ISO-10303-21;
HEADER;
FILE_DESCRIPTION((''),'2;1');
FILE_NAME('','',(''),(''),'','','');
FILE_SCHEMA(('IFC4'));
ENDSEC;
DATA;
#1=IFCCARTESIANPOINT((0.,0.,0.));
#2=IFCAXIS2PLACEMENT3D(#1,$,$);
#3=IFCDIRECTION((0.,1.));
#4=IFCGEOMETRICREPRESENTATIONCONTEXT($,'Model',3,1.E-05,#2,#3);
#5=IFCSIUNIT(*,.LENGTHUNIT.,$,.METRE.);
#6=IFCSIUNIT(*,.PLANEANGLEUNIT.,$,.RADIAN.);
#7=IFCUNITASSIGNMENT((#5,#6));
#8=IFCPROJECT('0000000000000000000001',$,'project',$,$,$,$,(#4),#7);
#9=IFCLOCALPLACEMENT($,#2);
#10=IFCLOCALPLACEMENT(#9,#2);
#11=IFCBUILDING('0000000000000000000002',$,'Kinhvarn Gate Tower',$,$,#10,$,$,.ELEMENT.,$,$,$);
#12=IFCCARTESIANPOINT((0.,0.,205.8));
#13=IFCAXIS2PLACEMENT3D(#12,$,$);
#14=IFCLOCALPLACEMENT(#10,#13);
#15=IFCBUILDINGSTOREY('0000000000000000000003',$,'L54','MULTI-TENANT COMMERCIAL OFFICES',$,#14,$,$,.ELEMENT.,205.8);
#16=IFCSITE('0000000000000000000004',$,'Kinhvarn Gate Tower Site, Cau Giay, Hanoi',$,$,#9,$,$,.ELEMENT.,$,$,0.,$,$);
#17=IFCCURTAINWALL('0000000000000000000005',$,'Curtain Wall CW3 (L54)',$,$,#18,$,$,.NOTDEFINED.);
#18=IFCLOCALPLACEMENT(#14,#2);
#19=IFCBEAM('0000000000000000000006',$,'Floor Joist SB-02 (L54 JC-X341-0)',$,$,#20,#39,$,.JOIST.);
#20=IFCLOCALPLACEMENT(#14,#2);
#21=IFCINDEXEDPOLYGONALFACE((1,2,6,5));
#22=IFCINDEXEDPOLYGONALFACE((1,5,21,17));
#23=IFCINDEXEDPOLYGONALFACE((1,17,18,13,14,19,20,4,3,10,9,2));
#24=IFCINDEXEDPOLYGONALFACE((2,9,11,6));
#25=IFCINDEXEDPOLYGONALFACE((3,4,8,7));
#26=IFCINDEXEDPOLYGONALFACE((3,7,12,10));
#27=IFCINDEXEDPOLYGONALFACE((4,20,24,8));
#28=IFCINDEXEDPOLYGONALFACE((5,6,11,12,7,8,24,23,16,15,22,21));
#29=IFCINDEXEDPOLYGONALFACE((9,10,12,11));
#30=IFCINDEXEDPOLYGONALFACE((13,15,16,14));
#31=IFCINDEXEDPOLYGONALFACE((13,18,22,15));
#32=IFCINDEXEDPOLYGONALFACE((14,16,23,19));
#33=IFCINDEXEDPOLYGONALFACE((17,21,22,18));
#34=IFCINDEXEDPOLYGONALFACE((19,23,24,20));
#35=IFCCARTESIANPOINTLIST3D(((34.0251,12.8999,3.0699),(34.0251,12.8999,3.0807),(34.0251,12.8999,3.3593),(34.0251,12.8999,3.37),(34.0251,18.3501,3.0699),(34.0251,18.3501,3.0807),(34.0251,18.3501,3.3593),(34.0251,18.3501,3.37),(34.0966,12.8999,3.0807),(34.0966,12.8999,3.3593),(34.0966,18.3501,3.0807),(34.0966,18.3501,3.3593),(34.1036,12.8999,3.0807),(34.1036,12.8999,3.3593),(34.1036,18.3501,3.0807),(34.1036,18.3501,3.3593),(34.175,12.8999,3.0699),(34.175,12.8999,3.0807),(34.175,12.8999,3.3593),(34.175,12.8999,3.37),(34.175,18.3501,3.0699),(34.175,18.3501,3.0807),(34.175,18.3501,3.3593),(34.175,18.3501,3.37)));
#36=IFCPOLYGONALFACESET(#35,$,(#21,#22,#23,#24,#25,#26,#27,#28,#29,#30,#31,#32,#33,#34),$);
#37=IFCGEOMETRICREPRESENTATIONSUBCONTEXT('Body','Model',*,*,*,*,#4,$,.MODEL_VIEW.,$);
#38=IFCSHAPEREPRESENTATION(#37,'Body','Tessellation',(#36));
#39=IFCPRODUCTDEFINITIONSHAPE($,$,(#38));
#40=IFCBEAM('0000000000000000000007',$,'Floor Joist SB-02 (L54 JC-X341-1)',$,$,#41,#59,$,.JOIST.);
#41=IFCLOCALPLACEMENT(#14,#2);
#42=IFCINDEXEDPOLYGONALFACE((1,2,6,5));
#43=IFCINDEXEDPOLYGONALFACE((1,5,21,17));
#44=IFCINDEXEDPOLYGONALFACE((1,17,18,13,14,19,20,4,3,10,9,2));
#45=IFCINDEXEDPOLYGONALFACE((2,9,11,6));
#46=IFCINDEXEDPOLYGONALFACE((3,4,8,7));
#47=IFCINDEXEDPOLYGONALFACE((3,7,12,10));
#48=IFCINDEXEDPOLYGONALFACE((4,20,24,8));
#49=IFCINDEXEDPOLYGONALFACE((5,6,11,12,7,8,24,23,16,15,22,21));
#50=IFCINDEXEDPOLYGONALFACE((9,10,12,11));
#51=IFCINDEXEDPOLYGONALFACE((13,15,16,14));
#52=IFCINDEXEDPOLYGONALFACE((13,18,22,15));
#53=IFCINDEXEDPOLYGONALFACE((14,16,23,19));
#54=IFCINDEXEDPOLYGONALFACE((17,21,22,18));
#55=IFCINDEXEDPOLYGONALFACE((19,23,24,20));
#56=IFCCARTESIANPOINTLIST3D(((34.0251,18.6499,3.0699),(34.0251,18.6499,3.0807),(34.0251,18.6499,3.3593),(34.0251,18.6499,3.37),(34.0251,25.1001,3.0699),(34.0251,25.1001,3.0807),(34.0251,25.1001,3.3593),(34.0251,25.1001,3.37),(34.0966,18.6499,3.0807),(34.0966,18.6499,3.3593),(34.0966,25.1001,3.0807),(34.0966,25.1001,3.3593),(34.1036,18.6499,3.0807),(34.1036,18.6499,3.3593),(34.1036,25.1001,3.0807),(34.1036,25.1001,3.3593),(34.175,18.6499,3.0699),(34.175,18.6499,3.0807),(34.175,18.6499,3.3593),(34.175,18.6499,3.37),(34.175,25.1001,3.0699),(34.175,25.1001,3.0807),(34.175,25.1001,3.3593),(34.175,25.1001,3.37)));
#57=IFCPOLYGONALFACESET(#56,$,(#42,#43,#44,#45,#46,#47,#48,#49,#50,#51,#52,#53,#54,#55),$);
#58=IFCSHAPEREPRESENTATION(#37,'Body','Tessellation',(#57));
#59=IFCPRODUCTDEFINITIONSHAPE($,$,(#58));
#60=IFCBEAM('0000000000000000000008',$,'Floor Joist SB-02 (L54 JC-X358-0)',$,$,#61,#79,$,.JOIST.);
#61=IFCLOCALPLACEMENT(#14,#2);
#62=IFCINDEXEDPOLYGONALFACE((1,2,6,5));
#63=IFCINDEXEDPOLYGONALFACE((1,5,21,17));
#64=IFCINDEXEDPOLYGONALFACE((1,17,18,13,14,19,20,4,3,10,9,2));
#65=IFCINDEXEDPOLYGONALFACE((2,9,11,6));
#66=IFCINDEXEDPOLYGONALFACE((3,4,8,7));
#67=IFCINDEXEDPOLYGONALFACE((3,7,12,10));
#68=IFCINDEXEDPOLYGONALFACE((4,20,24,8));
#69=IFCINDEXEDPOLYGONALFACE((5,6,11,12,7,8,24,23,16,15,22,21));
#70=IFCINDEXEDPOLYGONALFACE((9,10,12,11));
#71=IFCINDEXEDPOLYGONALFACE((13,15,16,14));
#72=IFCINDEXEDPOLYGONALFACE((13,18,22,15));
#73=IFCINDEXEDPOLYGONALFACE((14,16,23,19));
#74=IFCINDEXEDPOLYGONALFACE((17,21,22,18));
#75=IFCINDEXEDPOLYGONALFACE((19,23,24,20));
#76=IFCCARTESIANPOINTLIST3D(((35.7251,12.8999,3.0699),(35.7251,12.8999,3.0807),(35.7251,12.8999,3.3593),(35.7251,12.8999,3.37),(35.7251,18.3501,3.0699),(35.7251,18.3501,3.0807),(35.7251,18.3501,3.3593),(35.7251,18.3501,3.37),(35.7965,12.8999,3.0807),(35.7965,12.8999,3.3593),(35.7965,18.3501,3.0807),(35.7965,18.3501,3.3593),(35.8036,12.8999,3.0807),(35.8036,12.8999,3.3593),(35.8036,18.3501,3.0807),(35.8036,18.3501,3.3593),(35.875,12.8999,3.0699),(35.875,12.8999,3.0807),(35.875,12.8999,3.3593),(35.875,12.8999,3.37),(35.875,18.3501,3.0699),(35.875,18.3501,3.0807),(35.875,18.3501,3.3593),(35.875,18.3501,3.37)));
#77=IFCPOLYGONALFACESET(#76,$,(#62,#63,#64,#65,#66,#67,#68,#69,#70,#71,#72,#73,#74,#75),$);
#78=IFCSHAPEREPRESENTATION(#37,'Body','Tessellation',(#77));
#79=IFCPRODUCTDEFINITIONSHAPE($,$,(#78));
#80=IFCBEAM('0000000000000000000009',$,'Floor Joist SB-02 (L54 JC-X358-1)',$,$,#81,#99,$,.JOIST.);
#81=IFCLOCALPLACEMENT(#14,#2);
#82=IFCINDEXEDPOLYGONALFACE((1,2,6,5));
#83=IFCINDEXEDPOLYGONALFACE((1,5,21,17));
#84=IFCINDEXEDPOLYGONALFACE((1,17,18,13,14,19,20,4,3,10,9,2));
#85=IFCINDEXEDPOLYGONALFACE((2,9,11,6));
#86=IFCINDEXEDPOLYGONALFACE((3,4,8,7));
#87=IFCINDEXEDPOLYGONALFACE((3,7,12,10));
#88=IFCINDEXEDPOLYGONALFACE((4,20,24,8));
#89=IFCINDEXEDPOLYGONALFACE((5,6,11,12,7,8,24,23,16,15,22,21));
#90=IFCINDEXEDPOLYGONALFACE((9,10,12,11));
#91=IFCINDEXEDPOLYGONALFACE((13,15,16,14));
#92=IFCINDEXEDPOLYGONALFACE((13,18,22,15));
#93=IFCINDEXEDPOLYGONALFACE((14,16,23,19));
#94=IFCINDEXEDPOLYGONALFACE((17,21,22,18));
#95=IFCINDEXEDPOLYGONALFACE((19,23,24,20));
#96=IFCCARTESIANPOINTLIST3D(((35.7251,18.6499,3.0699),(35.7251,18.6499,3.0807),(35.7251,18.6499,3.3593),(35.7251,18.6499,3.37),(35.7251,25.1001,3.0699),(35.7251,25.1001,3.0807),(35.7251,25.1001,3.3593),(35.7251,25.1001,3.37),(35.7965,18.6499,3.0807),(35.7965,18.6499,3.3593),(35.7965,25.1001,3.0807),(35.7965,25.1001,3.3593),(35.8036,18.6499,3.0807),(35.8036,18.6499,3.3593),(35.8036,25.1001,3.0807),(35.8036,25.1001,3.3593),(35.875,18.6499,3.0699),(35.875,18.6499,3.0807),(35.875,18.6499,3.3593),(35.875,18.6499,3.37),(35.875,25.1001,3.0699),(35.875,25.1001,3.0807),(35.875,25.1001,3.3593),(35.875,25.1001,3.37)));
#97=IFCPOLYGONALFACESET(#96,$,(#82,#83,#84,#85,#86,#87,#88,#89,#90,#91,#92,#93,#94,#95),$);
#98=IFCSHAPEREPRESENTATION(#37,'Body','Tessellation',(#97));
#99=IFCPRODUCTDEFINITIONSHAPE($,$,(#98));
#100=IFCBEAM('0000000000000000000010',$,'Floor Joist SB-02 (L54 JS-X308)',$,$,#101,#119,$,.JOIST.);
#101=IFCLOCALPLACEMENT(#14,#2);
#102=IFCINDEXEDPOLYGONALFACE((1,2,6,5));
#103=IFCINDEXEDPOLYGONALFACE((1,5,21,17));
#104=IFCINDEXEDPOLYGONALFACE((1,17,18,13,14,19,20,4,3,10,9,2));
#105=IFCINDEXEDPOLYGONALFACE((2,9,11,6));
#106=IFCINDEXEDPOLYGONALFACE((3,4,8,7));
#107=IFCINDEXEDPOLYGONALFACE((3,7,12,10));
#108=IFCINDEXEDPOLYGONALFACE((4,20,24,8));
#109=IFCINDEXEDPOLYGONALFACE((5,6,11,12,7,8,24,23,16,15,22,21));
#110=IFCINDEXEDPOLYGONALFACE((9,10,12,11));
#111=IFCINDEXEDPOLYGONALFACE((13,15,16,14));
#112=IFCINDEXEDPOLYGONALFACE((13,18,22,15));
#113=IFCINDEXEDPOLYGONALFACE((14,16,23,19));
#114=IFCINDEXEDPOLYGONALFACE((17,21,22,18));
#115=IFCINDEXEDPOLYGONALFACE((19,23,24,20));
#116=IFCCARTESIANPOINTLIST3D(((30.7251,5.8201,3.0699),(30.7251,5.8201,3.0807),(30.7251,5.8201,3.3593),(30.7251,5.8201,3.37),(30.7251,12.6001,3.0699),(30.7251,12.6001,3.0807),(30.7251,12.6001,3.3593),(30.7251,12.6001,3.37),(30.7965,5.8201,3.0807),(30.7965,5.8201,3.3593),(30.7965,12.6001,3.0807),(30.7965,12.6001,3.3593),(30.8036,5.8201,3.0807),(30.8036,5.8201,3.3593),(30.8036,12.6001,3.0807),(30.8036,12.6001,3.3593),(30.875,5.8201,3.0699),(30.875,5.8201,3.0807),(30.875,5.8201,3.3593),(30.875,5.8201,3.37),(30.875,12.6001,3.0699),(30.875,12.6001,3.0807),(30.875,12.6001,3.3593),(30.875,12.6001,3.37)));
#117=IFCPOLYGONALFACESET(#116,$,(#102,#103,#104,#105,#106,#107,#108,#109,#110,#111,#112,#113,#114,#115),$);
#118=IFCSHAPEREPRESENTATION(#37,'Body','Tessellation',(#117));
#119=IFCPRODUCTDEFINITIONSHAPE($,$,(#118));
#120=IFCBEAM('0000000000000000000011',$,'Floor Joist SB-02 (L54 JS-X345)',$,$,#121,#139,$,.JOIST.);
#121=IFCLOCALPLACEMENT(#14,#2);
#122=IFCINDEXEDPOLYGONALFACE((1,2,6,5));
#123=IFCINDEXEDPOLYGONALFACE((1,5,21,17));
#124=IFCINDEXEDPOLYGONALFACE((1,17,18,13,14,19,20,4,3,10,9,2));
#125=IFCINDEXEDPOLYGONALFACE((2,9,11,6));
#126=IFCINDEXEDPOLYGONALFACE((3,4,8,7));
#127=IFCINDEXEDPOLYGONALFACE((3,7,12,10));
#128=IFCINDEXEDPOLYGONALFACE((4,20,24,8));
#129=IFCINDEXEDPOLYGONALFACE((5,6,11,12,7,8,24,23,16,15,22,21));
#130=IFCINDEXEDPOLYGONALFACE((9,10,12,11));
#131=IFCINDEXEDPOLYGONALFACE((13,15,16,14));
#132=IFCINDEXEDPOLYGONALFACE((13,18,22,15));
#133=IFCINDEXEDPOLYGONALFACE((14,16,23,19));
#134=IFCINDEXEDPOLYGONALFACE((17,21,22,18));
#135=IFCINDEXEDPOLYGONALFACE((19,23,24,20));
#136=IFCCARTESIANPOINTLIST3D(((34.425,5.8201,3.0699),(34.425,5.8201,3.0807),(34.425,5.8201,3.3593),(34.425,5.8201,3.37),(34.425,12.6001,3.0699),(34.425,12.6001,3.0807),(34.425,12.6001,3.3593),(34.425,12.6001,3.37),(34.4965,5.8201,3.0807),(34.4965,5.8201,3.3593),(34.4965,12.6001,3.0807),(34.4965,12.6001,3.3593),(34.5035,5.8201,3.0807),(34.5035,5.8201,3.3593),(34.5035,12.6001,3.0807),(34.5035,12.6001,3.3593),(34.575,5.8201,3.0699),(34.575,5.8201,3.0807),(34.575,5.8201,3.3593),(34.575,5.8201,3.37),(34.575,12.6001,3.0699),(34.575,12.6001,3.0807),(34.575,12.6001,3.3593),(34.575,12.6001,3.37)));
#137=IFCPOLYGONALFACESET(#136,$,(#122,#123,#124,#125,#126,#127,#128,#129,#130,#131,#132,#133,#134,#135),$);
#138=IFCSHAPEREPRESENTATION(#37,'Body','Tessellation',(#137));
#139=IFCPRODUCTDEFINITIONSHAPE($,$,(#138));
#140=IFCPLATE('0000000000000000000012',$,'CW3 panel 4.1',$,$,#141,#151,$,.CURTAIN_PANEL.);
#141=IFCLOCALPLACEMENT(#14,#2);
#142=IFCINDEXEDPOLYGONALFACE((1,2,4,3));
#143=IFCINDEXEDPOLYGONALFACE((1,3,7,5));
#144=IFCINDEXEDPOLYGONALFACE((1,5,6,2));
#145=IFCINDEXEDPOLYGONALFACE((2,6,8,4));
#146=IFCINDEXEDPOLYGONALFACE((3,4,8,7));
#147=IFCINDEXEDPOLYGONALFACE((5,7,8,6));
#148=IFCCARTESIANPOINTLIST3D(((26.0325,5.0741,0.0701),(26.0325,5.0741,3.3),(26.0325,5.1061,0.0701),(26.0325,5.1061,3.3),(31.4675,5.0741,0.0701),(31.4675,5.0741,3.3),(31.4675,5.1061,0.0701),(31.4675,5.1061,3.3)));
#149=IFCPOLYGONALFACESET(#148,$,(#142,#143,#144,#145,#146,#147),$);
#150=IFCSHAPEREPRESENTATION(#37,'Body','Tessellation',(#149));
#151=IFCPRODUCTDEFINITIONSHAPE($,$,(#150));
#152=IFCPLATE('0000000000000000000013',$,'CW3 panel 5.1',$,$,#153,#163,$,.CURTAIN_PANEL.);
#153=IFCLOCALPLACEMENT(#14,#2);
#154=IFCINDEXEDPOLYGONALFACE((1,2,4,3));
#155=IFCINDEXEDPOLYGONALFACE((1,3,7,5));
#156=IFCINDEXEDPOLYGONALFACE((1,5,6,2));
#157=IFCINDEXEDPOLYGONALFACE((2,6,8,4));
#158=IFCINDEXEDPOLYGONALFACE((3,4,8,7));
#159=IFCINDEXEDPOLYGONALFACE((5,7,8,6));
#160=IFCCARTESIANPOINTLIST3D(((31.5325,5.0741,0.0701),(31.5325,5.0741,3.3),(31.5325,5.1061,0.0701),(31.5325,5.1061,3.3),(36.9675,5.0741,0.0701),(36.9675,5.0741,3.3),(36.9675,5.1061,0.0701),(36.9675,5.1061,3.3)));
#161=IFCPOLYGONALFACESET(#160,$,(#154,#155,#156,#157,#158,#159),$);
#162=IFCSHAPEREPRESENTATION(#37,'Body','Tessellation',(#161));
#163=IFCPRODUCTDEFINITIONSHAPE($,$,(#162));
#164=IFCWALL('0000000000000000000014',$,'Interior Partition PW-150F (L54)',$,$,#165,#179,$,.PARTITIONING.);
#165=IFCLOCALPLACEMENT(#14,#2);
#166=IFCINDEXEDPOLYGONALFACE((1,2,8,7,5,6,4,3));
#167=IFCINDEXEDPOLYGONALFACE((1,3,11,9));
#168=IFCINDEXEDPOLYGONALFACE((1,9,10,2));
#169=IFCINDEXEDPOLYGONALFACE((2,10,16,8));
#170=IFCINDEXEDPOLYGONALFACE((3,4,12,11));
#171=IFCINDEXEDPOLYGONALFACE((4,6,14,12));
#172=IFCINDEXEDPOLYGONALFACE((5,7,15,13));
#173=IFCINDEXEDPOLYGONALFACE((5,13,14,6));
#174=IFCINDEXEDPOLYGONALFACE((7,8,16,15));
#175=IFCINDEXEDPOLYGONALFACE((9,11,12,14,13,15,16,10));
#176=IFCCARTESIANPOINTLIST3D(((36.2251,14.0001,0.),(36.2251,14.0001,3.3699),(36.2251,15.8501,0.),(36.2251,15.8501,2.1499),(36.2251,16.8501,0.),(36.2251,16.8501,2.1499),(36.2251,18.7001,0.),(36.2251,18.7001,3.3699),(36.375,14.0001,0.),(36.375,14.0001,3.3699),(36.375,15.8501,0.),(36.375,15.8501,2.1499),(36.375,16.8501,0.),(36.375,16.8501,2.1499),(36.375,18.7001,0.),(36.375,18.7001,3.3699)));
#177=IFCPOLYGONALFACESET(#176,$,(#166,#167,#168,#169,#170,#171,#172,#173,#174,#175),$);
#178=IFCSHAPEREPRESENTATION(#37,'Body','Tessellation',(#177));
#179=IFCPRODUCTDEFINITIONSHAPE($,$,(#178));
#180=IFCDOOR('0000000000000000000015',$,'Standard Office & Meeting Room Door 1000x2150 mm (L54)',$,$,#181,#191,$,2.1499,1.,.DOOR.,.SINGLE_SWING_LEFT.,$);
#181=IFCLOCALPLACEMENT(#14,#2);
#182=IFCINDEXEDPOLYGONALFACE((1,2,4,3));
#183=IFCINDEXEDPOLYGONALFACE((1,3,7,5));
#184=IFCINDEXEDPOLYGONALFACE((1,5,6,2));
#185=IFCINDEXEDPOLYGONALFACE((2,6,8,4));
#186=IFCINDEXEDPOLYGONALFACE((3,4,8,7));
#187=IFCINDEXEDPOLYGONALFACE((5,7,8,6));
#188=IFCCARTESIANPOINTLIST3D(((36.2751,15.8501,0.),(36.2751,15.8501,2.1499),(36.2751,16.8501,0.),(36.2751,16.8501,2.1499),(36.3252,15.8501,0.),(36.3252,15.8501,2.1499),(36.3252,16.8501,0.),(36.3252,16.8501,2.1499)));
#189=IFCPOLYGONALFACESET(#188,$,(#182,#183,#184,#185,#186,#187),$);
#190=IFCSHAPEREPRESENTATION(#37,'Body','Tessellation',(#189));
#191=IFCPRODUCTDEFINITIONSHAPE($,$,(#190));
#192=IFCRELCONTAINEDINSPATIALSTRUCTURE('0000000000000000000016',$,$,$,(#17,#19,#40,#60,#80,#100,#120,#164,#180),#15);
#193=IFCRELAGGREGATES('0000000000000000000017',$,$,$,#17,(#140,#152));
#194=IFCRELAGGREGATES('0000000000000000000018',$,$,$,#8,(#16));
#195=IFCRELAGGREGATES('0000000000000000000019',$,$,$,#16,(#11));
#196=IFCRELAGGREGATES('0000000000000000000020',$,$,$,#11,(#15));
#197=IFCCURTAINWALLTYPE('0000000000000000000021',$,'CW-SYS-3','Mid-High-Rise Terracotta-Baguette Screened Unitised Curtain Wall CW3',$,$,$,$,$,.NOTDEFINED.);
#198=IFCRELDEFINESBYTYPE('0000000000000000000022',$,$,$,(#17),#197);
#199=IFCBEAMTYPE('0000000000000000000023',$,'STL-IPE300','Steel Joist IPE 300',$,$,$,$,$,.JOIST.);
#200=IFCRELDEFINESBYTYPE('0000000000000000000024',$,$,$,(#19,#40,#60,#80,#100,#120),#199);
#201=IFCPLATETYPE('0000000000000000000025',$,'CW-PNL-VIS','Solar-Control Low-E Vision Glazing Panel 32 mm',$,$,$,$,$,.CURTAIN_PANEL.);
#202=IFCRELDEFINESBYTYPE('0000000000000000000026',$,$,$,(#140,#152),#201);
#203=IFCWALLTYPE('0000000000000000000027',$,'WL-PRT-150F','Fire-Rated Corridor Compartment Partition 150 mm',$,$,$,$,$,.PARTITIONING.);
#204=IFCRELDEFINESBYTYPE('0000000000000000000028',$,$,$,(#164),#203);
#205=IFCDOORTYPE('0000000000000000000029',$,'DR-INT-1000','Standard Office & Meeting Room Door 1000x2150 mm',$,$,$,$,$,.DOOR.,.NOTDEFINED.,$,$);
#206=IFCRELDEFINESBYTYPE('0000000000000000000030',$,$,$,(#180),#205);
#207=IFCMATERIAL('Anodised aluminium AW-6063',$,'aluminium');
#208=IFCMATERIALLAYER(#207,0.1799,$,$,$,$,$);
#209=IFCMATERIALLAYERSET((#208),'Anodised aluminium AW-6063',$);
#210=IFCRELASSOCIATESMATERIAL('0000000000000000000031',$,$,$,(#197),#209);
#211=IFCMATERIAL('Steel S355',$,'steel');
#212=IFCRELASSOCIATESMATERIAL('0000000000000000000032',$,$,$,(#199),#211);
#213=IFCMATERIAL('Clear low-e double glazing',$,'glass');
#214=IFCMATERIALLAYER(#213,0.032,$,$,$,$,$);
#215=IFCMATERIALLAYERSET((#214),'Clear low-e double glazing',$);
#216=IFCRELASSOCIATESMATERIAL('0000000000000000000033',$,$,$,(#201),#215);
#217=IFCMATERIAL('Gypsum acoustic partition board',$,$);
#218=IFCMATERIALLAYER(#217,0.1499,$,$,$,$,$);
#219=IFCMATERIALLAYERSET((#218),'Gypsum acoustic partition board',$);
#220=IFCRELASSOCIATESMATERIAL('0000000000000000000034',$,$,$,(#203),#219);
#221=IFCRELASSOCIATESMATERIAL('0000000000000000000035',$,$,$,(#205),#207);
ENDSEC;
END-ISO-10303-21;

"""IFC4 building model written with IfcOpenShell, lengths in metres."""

from ifc_helpers import new_model, si_unit, direction, frame, frame_2d, origin, origin_2d, place, context, subcontext, project, spatial, rectangle, i_section, extrude, material, layer, layer_set, material_profile, profile_set, type_object, element, fill, aggregate, save


model = new_model("IFC4")

# Units and contexts
model_context = context("Model", 3, precision=1e-05, world=origin(), true_north=direction((0.0, 1.0)))
body_context = subcontext(model_context, "Body", "Model", "MODEL_VIEW")
ifc_project = project(units=[si_unit("LENGTHUNIT", "METRE"), si_unit("PLANEANGLEUNIT", "RADIAN")], contexts=[model_context])

# Site, building, storey
site_placement = place(None, origin())
site = spatial("IfcSite", under=ifc_project, at=site_placement, Name="Kinhvarn Gate Tower Site, Cau Giay, Hanoi", CompositionType="ELEMENT", RefElevation=0.0)
building_placement = place(site_placement, origin())
building = spatial("IfcBuilding", under=site, at=building_placement, Name="Kinhvarn Gate Tower", CompositionType="ELEMENT")
storey_placement = place(building_placement, frame((0.0, 0.0, 205.8)))
storey = spatial("IfcBuildingStorey", under=building, at=storey_placement, Name="L54", Description="MULTI-TENANT COMMERCIAL OFFICES", CompositionType="ELEMENT", Elevation=205.8)

# Curtain wall
ifc_material_1 = material(Name="Anodised aluminium AW-6063", Category="aluminium")
ifc_layer_1 = layer(ifc_material_1, 0.1799)
ifc_layer_set_1 = layer_set([ifc_layer_1], Name="Anodised aluminium AW-6063")
curtain_wall_type = type_object("IfcCurtainWallType", Name="CW-SYS-3", Description="Mid-High-Rise Terracotta-Baguette Screened Unitised Curtain Wall CW3", PredefinedType="NOTDEFINED", material=ifc_layer_set_1)
curtain_wall_placement = place(storey_placement, origin())
curtain_wall = element("IfcCurtainWall", 1, at=curtain_wall_placement, inside=storey, type_object=curtain_wall_type, Name="Curtain Wall CW3 (L54)", PredefinedType="NOTDEFINED")

# Beams
ifc_material_2 = material(Name="Steel S355", Category="steel")
ifc_material_profile_1 = material_profile(ifc_material_2, i_section(OverallWidth=0.1499, OverallDepth=0.3, WebThickness=0.0071, FlangeThickness=0.0107, at=origin_2d()), Name="IPE 300")
ifc_profile_set_1 = profile_set([ifc_material_profile_1], Name="Steel S355")
beam_type = type_object("IfcBeamType", Name="STL-IPE300", Description="Steel Joist IPE 300", PredefinedType="JOIST", material=ifc_profile_set_1)
beam_1_placement = place(storey_placement, frame((34.1001, 12.8999, 3.22), z_axis=(0.0, 1.0, 0.0), x_axis=(-1.0, 0.0, 0.0)))
element("IfcBeam", 2, at=beam_1_placement, inside=storey, type_object=beam_type, Name="Floor Joist SB-02 (L54 JC-X341-0)", PredefinedType="JOIST", context=body_context, shape_type="SweptSolid", body=[
    extrude(i_section(OverallWidth=0.1499, OverallDepth=0.3, WebThickness=0.0071, FlangeThickness=0.0107, at=origin_2d()), origin(), (0.0, 0.0, 1.0), 5.4502),
])
beam_2_placement = place(storey_placement, frame((34.1001, 18.6499, 3.22), z_axis=(0.0, 1.0, 0.0), x_axis=(-1.0, 0.0, 0.0)))
element("IfcBeam", 3, at=beam_2_placement, inside=storey, type_object=beam_type, Name="Floor Joist SB-02 (L54 JC-X341-1)", PredefinedType="JOIST", context=body_context, shape_type="SweptSolid", body=[
    extrude(i_section(OverallWidth=0.1499, OverallDepth=0.3, WebThickness=0.0071, FlangeThickness=0.0107, at=origin_2d()), origin(), (0.0, 0.0, 1.0), 6.4502),
])
beam_3_placement = place(storey_placement, frame((35.8, 12.8999, 3.22), z_axis=(0.0, 1.0, 0.0), x_axis=(-1.0, 0.0, 0.0)))
element("IfcBeam", 4, at=beam_3_placement, inside=storey, type_object=beam_type, Name="Floor Joist SB-02 (L54 JC-X358-0)", PredefinedType="JOIST", context=body_context, shape_type="SweptSolid", body=[
    extrude(i_section(OverallWidth=0.1499, OverallDepth=0.3, WebThickness=0.0071, FlangeThickness=0.0107, at=origin_2d()), origin(), (0.0, 0.0, 1.0), 5.4502),
])
beam_4_placement = place(storey_placement, frame((35.8, 18.6499, 3.22), z_axis=(0.0, 1.0, 0.0), x_axis=(-1.0, 0.0, 0.0)))
element("IfcBeam", 5, at=beam_4_placement, inside=storey, type_object=beam_type, Name="Floor Joist SB-02 (L54 JC-X358-1)", PredefinedType="JOIST", context=body_context, shape_type="SweptSolid", body=[
    extrude(i_section(OverallWidth=0.1499, OverallDepth=0.3, WebThickness=0.0071, FlangeThickness=0.0107, at=origin_2d()), origin(), (0.0, 0.0, 1.0), 6.4502),
])
for number, where, z_axis, x_axis, name in (
    (6, (30.8, 5.8201, 3.22), (0.0, 1.0, 0.0), (-1.0, 0.0, 0.0), "Floor Joist SB-02 (L54 JS-X308)"),
    (7, (34.5, 5.8201, 3.22), (0.0, 1.0, 0.0), (-1.0, 0.0, 0.0), "Floor Joist SB-02 (L54 JS-X345)"),
):
    element("IfcBeam", number, at=place(storey_placement, frame(where, z_axis=z_axis, x_axis=x_axis)), inside=storey, type_object=beam_type, Name=name, PredefinedType="JOIST", context=body_context, shape_type="SweptSolid", body=[
        extrude(i_section(OverallWidth=0.1499, OverallDepth=0.3, WebThickness=0.0071, FlangeThickness=0.0107, at=origin_2d()), origin(), (0.0, 0.0, 1.0), 6.78),
    ])

# Plates
ifc_material_3 = material(Name="Clear low-e double glazing", Category="glass")
ifc_layer_2 = layer(ifc_material_3, 0.032)
ifc_layer_set_2 = layer_set([ifc_layer_2], Name="Clear low-e double glazing")
plate_type = type_object("IfcPlateType", Name="CW-PNL-VIS", Description="Solar-Control Low-E Vision Glazing Panel 32 mm", PredefinedType="CURTAIN_PANEL", material=ifc_layer_set_2)
plate_1_placement = place(storey_placement, frame((28.75, 5.0901, 0.0701), z_axis=(0.0, 0.0, 1.0), x_axis=(1.0, 0.0, 0.0)))
plate_1 = element("IfcPlate", 8, at=plate_1_placement, type_object=plate_type, Name="CW3 panel 4.1", PredefinedType="CURTAIN_PANEL", context=body_context, shape_type="SweptSolid", body=[
    extrude(rectangle(XDim=5.4351, YDim=0.032, at=origin_2d()), origin(), (0.0, 0.0, 1.0), 3.23),
])
plate_2_placement = place(storey_placement, frame((34.25, 5.0901, 0.0701), z_axis=(0.0, 0.0, 1.0), x_axis=(1.0, 0.0, 0.0)))
plate_2 = element("IfcPlate", 9, at=plate_2_placement, type_object=plate_type, Name="CW3 panel 5.1", PredefinedType="CURTAIN_PANEL", context=body_context, shape_type="SweptSolid", body=[
    extrude(rectangle(XDim=5.4351, YDim=0.032, at=origin_2d()), origin(), (0.0, 0.0, 1.0), 3.23),
])
aggregate(curtain_wall, [plate_1, plate_2])

# Wall, opening, door
ifc_material_4 = material(Name="Gypsum acoustic partition board")
ifc_layer_3 = layer(ifc_material_4, 0.1499)
ifc_layer_set_3 = layer_set([ifc_layer_3], Name="Gypsum acoustic partition board")
wall_type = type_object("IfcWallType", Name="WL-PRT-150F", Description="Fire-Rated Corridor Compartment Partition 150 mm", PredefinedType="PARTITIONING", material=ifc_layer_set_3)
wall_1_placement = place(storey_placement, frame((36.3, 14.0, 0.0), z_axis=(0.0, 0.0, 1.0), x_axis=(0.0, 1.0, 0.0)))
wall_1 = element("IfcWall", 10, at=wall_1_placement, inside=storey, type_object=wall_type, Name="Interior Partition PW-150F (L54)", PredefinedType="PARTITIONING", context=body_context, shape_type="SweptSolid", body=[
    extrude(rectangle(XDim=4.7, YDim=0.1499, at=frame_2d((2.3501, 0.0))), origin(), (0.0, 0.0, 1.0), 3.3699),
])
opening_placement = place(wall_1_placement, frame((1.8501, 0.0, 0.0)))
opening = element("IfcOpeningElement", 11, at=opening_placement, cuts=wall_1, PredefinedType="OPENING", context=body_context, shape_type="SweptSolid", body=[
    extrude(rectangle(XDim=1.0, YDim=2.1499, at=frame_2d((0.5, 1.075))), frame((0.0, 0.085, 0.0), z_axis=(0.0, -1.0, 0.0), x_axis=(1.0, 0.0, 0.0)), (0.0, 0.0, 1.0), 0.1699),
])
door_type = type_object("IfcDoorType", Name="DR-INT-1000", Description="Standard Office & Meeting Room Door 1000x2150 mm", OperationType="NOTDEFINED", PredefinedType="DOOR", material=ifc_material_1)
door_placement = place(opening_placement, origin())
door = element("IfcDoor", 12, at=door_placement, inside=storey, type_object=door_type, Name="Standard Office & Meeting Room Door 1000x2150 mm (L54)", OperationType="SINGLE_SWING_LEFT", OverallHeight=2.1499, OverallWidth=1.0, PredefinedType="DOOR", context=body_context, shape_type="SweptSolid", body=[
    extrude(rectangle(XDim=1.0, YDim=2.1499, at=frame_2d((0.5, 1.075))), frame((0.0, 0.0249, 0.0), z_axis=(0.0, -1.0, 0.0), x_axis=(1.0, 0.0, 0.0)), (0.0, 0.0, 1.0), 0.05),
])
fill(opening, door)

save(model, "model.ifc")
